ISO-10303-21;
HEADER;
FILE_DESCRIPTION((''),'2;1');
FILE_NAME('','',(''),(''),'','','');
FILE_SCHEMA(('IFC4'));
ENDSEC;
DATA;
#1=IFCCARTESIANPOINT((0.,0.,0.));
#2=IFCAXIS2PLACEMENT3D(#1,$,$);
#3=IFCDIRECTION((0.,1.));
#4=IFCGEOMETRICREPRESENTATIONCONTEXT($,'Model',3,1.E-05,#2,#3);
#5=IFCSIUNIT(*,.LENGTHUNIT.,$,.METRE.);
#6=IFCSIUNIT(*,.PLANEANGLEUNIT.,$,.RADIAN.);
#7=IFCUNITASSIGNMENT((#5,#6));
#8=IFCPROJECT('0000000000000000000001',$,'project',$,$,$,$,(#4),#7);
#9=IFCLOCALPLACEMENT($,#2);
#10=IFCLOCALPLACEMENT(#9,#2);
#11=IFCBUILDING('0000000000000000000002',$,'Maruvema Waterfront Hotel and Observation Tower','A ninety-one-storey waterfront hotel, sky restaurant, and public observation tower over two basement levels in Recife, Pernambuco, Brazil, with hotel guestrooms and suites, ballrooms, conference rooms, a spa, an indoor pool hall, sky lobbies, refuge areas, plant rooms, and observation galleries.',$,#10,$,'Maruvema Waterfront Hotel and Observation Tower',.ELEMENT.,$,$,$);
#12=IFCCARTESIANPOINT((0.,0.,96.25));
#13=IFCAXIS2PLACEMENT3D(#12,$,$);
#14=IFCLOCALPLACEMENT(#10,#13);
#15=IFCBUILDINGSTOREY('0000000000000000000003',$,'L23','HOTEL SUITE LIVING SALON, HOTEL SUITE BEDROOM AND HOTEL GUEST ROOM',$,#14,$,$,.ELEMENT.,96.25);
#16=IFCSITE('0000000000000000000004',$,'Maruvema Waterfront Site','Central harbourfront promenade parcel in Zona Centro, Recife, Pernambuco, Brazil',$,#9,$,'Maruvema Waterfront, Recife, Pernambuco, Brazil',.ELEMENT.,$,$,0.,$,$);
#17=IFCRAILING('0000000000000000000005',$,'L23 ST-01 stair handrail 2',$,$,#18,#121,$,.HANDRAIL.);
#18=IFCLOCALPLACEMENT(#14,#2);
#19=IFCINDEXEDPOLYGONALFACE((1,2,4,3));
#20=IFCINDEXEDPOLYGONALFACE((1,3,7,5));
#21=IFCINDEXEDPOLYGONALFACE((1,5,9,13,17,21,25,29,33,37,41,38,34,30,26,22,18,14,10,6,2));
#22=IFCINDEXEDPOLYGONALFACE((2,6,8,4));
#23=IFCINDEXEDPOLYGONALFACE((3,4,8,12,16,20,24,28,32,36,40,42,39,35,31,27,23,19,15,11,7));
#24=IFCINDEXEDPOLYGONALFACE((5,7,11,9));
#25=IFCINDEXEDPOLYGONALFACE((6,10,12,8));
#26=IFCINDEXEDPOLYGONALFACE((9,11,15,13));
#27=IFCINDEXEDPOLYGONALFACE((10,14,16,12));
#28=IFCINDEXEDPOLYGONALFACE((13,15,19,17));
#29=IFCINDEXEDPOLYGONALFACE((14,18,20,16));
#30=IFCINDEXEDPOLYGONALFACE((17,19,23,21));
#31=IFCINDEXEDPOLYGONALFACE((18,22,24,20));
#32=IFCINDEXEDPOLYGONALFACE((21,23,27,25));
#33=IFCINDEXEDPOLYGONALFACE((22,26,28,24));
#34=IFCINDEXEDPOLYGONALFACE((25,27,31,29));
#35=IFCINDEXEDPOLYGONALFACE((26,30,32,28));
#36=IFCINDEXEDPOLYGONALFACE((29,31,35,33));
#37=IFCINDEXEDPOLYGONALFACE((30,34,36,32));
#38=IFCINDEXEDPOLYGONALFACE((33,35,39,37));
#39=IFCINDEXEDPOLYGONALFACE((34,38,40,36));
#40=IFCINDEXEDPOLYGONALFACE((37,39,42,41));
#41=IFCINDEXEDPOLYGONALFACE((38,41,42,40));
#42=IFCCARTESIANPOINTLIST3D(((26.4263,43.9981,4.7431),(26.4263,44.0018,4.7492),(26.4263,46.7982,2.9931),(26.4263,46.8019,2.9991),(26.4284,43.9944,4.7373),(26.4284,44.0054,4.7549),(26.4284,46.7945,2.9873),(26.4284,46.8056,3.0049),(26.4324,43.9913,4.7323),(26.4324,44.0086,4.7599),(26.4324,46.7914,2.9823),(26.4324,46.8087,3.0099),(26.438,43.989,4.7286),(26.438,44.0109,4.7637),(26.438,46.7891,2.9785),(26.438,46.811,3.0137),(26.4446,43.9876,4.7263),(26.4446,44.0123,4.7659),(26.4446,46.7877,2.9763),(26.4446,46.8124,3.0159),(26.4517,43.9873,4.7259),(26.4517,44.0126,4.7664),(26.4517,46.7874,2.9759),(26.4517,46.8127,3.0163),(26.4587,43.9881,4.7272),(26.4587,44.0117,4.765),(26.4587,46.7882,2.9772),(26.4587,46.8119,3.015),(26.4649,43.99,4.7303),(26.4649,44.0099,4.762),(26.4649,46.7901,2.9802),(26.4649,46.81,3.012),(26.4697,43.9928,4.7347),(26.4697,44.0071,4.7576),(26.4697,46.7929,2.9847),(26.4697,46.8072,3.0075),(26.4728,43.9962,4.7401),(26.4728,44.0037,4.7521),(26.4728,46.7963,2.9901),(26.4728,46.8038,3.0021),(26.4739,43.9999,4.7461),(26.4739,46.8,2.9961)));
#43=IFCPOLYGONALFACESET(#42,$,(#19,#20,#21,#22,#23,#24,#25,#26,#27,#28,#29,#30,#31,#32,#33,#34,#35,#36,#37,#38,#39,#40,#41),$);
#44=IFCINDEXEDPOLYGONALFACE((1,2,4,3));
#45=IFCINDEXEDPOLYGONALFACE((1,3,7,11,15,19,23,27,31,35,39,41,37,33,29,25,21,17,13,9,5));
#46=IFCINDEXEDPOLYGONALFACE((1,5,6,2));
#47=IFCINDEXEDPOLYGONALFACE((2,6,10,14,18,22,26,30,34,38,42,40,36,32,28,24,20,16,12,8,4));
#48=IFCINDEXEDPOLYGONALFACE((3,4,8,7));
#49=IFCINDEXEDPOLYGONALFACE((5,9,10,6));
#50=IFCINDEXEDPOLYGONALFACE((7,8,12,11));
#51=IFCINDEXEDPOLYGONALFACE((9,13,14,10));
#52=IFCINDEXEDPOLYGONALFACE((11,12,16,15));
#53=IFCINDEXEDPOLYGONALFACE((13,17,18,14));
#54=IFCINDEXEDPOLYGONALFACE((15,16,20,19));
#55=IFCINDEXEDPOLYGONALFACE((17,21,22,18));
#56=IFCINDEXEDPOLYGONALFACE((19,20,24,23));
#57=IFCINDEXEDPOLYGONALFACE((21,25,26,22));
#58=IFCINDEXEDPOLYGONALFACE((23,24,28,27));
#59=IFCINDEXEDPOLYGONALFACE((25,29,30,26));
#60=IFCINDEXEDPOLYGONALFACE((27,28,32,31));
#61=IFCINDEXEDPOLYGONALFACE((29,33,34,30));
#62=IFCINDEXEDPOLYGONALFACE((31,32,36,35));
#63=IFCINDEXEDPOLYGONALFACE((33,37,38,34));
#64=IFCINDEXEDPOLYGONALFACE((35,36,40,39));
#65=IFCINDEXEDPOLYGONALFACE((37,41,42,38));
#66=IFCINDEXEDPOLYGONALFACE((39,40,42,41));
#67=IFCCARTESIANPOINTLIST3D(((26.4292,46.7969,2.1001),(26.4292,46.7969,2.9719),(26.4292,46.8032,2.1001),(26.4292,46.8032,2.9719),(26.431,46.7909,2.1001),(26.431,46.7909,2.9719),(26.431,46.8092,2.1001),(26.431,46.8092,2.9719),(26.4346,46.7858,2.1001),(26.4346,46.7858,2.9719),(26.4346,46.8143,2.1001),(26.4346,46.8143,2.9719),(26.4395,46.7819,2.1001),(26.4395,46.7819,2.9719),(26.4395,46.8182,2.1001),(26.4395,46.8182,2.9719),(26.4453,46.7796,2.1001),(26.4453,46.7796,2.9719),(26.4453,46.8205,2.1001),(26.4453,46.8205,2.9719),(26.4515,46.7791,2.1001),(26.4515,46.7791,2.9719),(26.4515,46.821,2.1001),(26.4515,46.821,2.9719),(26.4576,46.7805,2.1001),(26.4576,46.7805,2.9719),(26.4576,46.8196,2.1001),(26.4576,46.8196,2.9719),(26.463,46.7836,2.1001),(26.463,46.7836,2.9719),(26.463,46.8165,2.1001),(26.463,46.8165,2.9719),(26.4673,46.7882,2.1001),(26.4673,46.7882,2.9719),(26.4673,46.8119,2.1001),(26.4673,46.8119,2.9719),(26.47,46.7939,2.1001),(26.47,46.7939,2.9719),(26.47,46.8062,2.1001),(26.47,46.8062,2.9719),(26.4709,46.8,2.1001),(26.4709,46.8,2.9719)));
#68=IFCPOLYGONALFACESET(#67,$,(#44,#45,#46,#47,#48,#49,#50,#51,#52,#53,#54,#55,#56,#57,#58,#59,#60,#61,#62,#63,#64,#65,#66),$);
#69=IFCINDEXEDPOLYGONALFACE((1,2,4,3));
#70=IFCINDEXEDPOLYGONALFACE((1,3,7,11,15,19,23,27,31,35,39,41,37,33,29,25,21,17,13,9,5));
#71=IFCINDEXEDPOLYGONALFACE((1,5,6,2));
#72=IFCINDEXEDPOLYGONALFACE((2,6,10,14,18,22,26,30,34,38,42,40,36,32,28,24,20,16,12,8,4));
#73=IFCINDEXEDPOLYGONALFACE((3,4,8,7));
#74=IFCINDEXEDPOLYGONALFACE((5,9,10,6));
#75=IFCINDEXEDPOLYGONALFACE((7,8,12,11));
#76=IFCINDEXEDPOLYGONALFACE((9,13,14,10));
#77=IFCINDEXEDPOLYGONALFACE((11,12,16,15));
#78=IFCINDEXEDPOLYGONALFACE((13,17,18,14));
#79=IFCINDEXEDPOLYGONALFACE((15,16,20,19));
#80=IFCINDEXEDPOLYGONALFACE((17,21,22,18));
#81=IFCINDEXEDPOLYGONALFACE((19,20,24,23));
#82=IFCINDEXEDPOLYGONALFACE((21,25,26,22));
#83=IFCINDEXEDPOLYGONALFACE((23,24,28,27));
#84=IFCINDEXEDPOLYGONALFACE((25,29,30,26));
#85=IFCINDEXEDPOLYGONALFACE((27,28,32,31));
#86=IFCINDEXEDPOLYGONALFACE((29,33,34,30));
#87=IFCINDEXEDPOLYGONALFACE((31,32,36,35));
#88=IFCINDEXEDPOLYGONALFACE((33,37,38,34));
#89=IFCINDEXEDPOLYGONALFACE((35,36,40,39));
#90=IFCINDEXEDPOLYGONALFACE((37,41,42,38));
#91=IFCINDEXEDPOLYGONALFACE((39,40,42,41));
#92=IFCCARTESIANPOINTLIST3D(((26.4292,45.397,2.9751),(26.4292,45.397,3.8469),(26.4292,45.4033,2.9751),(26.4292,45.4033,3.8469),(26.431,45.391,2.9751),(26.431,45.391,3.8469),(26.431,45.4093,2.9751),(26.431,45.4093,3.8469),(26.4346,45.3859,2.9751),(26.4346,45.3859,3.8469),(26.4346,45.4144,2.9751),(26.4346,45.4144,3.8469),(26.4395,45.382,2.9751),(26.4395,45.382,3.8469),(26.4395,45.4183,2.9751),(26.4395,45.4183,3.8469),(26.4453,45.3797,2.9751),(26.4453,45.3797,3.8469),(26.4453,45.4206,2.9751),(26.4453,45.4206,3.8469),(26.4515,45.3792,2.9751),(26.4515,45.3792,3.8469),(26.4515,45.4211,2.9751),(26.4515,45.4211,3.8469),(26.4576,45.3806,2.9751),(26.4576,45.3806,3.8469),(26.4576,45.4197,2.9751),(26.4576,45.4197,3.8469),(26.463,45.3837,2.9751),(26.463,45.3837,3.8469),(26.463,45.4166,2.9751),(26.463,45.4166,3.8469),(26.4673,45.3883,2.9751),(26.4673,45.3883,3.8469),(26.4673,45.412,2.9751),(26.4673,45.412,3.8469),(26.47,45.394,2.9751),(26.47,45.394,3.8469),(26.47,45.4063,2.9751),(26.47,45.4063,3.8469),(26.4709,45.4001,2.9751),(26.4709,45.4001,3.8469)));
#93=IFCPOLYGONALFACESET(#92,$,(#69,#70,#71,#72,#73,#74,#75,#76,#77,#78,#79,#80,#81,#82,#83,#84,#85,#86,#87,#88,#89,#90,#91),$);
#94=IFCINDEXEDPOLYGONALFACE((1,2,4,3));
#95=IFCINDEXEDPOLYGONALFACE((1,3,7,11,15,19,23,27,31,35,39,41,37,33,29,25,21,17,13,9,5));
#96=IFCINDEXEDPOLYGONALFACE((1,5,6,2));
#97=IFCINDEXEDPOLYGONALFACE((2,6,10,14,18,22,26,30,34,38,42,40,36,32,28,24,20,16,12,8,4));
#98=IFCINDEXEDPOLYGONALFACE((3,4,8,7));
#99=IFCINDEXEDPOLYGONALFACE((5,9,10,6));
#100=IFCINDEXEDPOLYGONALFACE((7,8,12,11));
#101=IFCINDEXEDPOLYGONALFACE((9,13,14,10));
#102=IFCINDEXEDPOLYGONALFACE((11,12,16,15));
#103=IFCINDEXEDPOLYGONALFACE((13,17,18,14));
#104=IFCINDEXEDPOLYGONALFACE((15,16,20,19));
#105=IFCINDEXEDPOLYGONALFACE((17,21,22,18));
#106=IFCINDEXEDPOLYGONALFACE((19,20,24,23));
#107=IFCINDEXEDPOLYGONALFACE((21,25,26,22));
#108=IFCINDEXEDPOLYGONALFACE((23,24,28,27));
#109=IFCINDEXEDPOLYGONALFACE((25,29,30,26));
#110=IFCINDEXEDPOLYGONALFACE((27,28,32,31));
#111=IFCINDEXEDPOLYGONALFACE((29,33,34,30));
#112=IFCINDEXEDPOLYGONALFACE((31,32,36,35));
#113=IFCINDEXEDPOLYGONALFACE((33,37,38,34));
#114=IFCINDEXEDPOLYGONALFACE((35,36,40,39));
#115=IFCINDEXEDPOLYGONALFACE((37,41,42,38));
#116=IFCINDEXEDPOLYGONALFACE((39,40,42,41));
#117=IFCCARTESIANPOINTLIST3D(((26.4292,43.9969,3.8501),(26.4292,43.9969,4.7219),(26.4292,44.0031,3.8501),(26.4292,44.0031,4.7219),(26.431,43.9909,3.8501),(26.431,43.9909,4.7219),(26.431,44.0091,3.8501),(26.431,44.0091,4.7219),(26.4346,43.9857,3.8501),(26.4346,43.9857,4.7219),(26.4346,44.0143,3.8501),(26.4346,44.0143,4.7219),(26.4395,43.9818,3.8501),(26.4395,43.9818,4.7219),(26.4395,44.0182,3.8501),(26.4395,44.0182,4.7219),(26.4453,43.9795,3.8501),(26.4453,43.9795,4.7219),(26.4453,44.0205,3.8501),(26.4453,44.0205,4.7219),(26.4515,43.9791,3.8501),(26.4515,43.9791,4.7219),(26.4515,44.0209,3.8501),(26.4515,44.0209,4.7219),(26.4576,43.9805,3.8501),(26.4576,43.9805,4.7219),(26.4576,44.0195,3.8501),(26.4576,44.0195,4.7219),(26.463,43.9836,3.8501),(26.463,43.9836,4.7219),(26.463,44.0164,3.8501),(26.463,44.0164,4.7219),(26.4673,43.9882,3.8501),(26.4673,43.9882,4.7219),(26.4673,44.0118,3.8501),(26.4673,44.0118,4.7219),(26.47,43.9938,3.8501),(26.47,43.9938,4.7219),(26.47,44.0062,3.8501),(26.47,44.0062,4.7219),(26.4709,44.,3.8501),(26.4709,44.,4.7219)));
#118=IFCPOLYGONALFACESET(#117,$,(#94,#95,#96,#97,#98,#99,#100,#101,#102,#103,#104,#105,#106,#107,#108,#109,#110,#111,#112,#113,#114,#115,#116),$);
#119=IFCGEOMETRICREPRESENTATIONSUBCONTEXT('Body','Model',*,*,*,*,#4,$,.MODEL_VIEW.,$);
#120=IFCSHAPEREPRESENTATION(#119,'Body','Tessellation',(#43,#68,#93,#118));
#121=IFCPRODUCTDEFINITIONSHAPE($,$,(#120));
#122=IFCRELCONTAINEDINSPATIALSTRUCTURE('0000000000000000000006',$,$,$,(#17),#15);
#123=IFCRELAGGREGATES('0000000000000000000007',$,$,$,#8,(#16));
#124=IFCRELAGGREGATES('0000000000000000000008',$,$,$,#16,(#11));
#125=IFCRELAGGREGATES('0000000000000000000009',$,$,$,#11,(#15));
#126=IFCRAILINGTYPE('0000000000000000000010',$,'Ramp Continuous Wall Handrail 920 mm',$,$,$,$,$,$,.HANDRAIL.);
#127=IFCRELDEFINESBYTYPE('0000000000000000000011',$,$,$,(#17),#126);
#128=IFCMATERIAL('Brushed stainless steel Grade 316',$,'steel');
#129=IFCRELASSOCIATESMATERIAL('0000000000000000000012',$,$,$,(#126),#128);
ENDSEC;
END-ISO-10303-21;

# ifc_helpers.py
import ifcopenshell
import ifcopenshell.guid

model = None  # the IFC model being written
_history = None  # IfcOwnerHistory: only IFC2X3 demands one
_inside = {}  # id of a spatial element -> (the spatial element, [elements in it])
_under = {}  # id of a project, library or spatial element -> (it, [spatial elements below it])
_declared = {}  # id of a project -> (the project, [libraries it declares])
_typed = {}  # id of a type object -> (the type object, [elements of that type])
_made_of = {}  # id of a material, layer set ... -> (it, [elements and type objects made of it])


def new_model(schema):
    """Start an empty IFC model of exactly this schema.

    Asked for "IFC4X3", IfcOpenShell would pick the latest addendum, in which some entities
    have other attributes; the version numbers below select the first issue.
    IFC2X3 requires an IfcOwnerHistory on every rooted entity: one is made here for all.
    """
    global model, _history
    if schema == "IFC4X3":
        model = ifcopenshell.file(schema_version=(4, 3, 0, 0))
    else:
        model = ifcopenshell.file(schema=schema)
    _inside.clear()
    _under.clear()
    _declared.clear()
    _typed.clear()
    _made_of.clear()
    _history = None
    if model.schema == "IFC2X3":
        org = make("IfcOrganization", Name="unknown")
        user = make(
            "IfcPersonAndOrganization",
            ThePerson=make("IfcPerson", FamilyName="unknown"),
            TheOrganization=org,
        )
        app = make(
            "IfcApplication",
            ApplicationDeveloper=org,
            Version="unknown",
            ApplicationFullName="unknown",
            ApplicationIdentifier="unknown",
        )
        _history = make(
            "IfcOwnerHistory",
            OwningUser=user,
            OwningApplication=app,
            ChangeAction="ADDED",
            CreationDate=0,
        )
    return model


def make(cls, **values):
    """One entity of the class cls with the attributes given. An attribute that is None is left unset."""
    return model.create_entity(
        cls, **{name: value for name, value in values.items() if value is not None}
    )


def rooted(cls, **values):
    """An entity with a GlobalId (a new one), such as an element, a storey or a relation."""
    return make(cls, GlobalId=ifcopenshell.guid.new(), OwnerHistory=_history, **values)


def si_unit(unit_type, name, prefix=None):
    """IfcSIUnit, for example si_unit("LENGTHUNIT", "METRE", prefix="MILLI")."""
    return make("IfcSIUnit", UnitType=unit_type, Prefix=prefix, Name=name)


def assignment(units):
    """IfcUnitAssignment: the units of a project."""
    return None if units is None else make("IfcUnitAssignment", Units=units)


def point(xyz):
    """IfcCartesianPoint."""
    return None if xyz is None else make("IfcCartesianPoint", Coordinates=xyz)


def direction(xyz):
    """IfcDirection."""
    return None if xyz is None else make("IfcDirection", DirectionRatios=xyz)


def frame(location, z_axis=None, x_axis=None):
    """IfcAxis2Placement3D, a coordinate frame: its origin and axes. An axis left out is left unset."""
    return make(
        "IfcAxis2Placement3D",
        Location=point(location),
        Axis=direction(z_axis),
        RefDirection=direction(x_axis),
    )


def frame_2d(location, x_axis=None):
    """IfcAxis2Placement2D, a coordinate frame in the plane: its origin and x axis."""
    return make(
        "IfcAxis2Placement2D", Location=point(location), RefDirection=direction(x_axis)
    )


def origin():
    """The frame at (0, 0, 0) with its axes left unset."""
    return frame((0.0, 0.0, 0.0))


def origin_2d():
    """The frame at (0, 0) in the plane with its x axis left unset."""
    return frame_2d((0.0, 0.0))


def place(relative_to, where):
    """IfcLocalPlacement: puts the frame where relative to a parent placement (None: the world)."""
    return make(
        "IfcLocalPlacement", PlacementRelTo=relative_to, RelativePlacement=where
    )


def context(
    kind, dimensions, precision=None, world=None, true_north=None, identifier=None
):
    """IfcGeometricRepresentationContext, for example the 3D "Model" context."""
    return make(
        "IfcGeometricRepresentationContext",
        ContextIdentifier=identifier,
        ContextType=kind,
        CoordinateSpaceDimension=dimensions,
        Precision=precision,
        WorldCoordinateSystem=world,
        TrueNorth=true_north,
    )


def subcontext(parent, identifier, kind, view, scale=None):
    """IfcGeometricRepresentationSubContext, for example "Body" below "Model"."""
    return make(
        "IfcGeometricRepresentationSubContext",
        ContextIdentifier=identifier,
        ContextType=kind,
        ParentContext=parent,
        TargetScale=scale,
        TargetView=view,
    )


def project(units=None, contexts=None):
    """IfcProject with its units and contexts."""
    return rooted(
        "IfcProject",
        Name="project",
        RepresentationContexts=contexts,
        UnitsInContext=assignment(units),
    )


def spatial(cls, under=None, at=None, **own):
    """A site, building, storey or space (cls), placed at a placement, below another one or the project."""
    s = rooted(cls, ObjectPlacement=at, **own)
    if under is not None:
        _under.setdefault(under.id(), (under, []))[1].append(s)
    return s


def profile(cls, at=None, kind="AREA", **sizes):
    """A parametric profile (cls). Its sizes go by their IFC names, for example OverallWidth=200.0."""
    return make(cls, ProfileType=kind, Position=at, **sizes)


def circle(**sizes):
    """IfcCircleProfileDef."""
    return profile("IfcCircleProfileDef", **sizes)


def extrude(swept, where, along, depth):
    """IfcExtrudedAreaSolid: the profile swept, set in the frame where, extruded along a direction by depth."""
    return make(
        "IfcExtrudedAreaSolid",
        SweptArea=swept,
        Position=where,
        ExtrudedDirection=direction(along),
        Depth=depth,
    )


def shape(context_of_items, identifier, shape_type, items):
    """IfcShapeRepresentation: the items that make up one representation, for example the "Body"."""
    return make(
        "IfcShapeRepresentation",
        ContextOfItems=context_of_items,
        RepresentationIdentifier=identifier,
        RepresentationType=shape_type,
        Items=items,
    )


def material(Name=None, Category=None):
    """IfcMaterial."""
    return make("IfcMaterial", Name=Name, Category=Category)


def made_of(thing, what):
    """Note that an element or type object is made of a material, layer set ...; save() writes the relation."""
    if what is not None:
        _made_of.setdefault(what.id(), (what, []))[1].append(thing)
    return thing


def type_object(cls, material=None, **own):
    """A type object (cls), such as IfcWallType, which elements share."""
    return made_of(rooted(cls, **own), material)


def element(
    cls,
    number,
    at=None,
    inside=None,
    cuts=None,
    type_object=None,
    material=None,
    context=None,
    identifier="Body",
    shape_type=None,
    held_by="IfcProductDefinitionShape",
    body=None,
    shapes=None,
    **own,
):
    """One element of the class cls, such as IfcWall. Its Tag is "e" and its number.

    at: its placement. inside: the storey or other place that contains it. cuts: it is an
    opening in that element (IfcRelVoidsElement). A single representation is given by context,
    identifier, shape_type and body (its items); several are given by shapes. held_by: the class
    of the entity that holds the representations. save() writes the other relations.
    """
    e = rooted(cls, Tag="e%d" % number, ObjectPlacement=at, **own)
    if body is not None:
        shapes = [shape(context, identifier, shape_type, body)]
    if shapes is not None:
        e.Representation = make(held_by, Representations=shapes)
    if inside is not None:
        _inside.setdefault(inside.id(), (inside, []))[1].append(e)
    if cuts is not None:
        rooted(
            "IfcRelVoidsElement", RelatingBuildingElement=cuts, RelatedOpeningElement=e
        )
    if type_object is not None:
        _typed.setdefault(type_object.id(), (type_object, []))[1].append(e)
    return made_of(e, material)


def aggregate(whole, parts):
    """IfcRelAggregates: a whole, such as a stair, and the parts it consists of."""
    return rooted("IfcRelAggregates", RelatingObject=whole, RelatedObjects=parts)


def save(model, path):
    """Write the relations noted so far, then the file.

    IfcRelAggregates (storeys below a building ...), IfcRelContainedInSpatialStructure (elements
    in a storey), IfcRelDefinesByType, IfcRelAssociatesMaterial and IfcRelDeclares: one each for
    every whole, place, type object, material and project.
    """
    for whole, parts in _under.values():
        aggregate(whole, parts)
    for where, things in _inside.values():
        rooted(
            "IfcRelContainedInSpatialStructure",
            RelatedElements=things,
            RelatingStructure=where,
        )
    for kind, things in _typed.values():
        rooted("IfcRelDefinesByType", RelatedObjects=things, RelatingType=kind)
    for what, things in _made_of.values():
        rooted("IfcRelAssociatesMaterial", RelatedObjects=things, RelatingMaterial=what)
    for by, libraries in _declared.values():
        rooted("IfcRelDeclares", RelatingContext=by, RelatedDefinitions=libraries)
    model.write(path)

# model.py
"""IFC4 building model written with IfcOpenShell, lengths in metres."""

from ifc_helpers import new_model, si_unit, direction, frame, origin, origin_2d, place, context, subcontext, project, spatial, circle, extrude, material, type_object, element, save


model = new_model("IFC4")

# Units and contexts
model_context = context("Model", 3, precision=1e-05, world=origin(), true_north=direction((0.0, 1.0)))
body_context = subcontext(model_context, "Body", "Model", "MODEL_VIEW")
ifc_project = project(units=[si_unit("LENGTHUNIT", "METRE"), si_unit("PLANEANGLEUNIT", "RADIAN")], contexts=[model_context])

# Site, building, storey
site_placement = place(None, origin())
site = spatial("IfcSite", under=ifc_project, at=site_placement, Name="Maruvema Waterfront Site", Description="Central harbourfront promenade parcel in Zona Centro, Recife, Pernambuco, Brazil", LongName="Maruvema Waterfront, Recife, Pernambuco, Brazil", CompositionType="ELEMENT", RefElevation=0.0)
building_placement = place(site_placement, origin())
building = spatial("IfcBuilding", under=site, at=building_placement, Name="Maruvema Waterfront Hotel and Observation Tower", Description="A ninety-one-storey waterfront hotel, sky restaurant, and public observation tower over two basement levels in Recife, Pernambuco, Brazil, with hotel guestrooms and suites, ballrooms, conference rooms, a spa, an indoor pool hall, sky lobbies, refuge areas, plant rooms, and observation galleries.", LongName="Maruvema Waterfront Hotel and Observation Tower", CompositionType="ELEMENT")
storey_placement = place(building_placement, frame((0.0, 0.0, 96.25)))
storey = spatial("IfcBuildingStorey", under=building, at=storey_placement, Name="L23", Description="HOTEL SUITE LIVING SALON, HOTEL SUITE BEDROOM AND HOTEL GUEST ROOM", CompositionType="ELEMENT", Elevation=96.25)

# Railing
ifc_material_1 = material(Name="Brushed stainless steel Grade 316", Category="steel")
railing_type_1 = type_object("IfcRailingType", Name="Ramp Continuous Wall Handrail 920 mm", PredefinedType="HANDRAIL", material=ifc_material_1)
railing_1_placement = place(storey_placement, frame((26.45, 46.8, 2.1001)))
element("IfcRailing", 1, at=railing_1_placement, inside=storey, type_object=railing_type_1, Name="L23 ST-01 stair handrail 2", PredefinedType="HANDRAIL", context=body_context, shape_type="SweptSolid", body=[
    extrude(circle(Radius=0.0239, at=origin_2d()), frame((0.0, 0.0, 0.896), z_axis=(0.0, -0.848002, 0.529992), x_axis=(1.0, 0.0, 0.0)), (0.0, 0.0, 1.0), 3.302),
    extrude(circle(Radius=0.021, at=origin_2d()), origin(), (0.0, 0.0, 1.0), 0.8718),
    extrude(circle(Radius=0.021, at=origin_2d()), frame((0.0, -1.3999, 0.875)), (0.0, 0.0, 1.0), 0.8718),
    extrude(circle(Radius=0.021, at=origin_2d()), frame((0.0, -2.8, 1.75)), (0.0, 0.0, 1.0), 0.8718),
])

save(model, "model.ifc")
